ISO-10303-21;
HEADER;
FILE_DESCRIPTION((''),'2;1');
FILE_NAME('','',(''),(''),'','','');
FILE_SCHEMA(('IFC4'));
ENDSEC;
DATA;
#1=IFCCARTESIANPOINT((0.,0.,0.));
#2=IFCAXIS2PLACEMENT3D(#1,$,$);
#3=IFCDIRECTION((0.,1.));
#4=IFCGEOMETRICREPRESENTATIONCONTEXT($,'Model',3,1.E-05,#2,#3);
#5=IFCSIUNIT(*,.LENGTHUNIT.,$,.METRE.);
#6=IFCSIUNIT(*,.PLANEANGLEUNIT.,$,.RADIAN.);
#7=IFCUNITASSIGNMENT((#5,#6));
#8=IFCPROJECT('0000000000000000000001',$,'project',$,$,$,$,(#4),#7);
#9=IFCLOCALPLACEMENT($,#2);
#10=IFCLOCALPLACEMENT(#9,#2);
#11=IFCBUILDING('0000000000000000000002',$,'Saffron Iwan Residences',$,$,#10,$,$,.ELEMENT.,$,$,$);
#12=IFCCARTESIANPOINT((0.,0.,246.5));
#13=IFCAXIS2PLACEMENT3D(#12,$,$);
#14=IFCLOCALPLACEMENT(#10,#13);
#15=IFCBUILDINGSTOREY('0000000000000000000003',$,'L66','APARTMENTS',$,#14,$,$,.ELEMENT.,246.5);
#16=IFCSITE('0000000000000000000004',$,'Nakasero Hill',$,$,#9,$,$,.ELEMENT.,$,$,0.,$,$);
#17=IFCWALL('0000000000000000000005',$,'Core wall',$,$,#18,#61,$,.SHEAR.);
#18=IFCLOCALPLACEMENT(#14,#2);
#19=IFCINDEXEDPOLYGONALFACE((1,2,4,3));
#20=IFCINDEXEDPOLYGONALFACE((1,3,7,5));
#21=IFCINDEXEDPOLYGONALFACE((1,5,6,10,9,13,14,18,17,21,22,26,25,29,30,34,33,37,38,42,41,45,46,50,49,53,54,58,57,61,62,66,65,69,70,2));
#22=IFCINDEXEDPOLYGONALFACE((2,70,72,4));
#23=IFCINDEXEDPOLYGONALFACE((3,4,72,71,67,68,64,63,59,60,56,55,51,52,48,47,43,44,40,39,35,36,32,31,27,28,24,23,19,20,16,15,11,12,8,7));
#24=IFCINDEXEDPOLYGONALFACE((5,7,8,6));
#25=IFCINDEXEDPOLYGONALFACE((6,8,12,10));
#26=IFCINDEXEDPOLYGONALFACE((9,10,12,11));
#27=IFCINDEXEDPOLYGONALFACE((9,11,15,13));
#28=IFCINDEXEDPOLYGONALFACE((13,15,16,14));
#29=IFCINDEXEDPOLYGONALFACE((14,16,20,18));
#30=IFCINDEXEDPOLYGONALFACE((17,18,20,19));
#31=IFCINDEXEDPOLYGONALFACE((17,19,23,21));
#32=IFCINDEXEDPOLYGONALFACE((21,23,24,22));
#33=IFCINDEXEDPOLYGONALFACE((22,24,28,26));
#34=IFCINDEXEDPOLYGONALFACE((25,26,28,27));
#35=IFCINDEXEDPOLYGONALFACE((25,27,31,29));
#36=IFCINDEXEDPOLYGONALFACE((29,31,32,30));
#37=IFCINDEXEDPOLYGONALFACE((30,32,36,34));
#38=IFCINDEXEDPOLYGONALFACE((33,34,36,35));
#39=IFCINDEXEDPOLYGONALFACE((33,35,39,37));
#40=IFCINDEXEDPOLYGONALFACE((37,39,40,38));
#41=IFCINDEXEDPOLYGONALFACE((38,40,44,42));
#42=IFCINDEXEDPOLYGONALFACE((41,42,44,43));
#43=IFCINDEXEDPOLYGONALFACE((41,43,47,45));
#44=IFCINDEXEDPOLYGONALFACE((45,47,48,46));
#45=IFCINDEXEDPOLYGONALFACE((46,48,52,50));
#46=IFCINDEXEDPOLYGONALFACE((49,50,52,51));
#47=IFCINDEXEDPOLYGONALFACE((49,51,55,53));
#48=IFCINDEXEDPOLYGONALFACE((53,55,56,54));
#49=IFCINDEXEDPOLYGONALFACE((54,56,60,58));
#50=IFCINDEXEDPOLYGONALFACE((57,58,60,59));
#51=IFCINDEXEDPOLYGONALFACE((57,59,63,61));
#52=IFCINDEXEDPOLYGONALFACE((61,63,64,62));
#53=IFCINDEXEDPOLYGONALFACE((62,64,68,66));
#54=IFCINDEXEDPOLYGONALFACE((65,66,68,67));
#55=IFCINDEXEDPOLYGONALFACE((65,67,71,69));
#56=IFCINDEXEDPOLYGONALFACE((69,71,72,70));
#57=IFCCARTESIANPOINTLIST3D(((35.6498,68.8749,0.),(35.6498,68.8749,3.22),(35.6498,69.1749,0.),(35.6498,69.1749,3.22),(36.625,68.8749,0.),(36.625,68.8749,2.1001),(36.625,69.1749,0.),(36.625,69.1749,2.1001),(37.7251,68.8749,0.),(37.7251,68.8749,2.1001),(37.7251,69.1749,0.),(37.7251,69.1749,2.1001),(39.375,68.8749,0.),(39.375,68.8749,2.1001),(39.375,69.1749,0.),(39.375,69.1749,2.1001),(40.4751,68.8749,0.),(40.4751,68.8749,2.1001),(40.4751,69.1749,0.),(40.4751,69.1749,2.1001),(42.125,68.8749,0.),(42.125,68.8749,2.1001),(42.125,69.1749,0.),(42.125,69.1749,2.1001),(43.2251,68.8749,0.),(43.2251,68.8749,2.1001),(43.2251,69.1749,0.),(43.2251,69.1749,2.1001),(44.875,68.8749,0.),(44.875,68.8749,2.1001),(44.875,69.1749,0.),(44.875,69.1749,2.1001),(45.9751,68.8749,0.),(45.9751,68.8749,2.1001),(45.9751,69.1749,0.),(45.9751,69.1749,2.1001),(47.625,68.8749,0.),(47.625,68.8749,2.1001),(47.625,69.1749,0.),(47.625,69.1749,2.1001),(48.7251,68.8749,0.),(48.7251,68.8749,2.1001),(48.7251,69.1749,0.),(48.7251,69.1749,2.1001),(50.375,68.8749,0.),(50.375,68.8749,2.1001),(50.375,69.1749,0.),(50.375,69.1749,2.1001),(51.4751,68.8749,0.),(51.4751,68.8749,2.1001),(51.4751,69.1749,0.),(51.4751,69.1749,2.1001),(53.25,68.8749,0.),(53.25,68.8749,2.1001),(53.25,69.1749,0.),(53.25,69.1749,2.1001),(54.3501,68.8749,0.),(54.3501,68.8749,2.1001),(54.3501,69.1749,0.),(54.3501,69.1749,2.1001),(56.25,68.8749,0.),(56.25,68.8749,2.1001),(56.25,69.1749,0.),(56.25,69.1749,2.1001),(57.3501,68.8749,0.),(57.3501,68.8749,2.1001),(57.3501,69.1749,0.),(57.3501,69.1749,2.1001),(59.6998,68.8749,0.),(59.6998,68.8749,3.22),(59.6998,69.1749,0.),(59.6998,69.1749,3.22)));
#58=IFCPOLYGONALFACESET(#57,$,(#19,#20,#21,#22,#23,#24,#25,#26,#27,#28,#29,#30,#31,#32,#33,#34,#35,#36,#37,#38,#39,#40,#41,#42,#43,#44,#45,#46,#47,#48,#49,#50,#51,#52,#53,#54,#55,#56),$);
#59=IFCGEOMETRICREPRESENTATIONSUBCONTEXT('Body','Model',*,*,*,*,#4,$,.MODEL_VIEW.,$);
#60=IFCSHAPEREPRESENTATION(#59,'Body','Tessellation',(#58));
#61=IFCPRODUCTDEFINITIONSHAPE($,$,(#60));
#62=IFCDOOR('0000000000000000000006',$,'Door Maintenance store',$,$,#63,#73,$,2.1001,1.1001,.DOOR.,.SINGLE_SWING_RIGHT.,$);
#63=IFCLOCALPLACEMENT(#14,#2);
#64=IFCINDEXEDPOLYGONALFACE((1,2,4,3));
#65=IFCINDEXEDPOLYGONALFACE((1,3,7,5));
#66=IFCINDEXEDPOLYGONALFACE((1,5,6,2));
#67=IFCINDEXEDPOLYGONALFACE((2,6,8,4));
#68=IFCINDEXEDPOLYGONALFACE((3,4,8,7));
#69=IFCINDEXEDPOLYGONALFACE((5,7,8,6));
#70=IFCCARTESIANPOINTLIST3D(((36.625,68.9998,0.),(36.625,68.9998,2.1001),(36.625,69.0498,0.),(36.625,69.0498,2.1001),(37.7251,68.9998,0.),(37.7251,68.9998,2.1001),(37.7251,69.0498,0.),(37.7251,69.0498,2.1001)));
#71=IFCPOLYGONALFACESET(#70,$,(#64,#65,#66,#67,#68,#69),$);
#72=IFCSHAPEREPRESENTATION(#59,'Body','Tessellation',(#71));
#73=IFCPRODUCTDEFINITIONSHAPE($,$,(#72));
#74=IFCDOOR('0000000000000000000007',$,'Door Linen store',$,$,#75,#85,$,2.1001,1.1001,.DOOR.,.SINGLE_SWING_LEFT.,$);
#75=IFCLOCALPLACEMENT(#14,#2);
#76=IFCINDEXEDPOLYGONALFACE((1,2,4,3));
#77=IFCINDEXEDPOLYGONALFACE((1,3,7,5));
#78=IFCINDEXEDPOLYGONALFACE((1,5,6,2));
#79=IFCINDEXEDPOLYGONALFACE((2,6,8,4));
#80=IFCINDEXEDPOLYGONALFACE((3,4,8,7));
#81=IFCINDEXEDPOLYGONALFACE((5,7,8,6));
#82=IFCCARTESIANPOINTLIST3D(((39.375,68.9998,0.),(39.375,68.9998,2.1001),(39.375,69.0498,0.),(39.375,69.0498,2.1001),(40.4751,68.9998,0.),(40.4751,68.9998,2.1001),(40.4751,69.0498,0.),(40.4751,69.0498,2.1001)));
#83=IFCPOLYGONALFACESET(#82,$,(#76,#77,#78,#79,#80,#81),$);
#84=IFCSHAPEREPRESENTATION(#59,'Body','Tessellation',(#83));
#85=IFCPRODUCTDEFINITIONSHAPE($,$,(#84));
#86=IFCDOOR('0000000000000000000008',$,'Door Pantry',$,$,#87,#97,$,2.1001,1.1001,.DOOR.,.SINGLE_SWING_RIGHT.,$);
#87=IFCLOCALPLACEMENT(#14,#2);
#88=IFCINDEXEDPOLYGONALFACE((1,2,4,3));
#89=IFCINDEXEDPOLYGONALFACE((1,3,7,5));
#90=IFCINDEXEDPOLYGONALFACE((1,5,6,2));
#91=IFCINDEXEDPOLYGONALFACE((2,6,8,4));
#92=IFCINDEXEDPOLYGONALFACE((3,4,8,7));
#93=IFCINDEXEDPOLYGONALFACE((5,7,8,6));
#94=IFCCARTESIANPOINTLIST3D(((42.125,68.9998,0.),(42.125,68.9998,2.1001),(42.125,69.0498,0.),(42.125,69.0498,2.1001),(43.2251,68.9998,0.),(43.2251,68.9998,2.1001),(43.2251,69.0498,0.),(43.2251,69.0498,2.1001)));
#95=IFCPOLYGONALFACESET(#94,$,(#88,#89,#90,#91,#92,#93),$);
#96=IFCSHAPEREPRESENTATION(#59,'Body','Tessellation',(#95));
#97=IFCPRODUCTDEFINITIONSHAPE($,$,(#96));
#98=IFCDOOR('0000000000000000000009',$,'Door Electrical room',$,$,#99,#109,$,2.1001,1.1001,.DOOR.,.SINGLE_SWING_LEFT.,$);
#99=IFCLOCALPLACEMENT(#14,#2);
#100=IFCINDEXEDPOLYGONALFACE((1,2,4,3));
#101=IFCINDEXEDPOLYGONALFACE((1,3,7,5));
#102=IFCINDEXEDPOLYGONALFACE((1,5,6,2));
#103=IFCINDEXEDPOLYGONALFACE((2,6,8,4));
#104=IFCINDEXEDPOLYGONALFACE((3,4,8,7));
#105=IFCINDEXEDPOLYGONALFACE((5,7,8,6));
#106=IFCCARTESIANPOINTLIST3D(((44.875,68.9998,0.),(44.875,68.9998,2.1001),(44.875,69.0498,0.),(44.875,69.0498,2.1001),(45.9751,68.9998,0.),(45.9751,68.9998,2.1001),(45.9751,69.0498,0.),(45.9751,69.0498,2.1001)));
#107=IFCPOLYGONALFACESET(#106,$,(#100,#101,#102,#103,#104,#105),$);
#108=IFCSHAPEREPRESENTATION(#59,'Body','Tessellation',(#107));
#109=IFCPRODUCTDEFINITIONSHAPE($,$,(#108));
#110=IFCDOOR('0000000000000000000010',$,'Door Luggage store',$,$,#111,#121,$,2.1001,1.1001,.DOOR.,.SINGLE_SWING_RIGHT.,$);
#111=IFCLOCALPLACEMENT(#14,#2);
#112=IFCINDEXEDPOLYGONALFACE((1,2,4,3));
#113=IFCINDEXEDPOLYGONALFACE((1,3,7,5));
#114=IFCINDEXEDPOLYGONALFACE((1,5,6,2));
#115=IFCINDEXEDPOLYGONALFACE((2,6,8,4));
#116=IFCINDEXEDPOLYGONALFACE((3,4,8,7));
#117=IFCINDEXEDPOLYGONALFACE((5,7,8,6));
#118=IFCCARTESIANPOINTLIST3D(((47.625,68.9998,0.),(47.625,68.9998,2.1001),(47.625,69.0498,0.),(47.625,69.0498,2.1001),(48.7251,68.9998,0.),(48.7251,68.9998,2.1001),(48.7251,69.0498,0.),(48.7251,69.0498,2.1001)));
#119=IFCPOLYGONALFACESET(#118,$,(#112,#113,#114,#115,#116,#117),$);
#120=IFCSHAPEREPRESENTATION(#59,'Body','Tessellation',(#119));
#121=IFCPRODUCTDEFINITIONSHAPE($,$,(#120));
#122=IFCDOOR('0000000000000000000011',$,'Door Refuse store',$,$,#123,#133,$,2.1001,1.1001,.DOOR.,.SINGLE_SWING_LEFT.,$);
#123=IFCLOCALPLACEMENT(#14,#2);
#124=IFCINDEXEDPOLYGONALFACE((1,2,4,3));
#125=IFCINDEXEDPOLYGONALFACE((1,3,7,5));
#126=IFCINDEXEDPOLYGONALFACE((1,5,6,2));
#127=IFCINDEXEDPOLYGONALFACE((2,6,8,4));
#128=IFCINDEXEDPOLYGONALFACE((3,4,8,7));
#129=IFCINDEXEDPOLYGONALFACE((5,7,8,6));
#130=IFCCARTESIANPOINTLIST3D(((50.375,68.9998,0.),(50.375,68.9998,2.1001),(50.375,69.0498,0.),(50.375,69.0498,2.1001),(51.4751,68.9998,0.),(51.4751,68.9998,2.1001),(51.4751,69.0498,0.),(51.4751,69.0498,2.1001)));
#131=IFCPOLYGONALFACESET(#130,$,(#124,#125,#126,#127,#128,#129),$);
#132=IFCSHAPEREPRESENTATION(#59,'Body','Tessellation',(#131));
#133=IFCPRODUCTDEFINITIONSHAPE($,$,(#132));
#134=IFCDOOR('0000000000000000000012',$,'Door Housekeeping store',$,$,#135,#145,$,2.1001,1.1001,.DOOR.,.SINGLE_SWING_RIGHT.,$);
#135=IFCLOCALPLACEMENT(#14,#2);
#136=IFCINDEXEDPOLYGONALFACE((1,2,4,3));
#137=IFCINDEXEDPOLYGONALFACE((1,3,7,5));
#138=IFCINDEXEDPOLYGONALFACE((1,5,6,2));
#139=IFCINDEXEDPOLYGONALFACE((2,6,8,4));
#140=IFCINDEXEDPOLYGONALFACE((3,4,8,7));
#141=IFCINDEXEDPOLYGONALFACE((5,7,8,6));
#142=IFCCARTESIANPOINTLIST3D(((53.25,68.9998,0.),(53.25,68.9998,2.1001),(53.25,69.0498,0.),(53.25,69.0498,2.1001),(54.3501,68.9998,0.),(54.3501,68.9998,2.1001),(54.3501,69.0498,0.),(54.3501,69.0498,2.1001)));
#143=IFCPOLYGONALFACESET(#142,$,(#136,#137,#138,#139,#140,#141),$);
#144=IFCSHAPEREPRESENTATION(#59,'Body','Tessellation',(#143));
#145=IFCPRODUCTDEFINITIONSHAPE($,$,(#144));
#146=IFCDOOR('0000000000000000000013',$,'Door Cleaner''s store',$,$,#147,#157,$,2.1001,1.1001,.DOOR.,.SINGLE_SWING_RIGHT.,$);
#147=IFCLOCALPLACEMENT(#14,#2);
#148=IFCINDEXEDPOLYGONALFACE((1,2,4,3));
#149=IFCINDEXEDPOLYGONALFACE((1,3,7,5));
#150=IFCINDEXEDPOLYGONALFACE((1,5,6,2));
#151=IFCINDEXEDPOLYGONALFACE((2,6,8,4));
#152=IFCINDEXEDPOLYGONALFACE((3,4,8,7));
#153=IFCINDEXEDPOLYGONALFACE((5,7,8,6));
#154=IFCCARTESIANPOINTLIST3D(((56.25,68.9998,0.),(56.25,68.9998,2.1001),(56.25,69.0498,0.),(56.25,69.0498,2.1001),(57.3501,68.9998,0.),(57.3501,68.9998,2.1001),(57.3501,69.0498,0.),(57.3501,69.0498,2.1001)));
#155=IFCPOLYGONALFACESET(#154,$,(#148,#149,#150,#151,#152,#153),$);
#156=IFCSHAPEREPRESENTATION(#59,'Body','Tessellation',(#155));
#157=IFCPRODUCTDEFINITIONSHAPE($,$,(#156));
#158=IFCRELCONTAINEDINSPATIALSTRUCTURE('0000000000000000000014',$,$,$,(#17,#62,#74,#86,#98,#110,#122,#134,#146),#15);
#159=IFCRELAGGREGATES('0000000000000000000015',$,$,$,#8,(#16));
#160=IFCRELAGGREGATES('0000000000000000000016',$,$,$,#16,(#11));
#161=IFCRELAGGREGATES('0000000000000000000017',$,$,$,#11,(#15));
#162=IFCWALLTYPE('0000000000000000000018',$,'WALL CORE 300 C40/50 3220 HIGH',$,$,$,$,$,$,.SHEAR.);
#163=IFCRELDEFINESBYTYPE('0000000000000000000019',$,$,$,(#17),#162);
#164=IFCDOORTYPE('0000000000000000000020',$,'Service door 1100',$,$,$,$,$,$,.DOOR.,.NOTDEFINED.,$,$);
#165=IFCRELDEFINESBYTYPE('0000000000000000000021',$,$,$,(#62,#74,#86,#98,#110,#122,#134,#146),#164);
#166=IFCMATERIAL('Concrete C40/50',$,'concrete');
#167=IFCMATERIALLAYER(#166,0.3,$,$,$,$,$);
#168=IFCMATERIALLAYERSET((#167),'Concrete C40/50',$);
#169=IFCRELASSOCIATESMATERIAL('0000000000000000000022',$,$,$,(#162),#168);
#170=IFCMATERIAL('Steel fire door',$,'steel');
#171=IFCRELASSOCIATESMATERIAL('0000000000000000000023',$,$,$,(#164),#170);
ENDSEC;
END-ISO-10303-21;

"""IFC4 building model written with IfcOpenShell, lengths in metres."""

from ifc_helpers import new_model, si_unit, direction, frame, frame_2d, origin, place, context, subcontext, project, spatial, rectangle, extrude, material, layer, layer_set, type_object, element, fill, save


model = new_model("IFC4")

# Units and contexts
model_context = context("Model", 3, precision=1e-05, world=origin(), true_north=direction((0.0, 1.0)))
body_context = subcontext(model_context, "Body", "Model", "MODEL_VIEW")
ifc_project = project(units=[si_unit("LENGTHUNIT", "METRE"), si_unit("PLANEANGLEUNIT", "RADIAN")], contexts=[model_context])

# Site, building, storey
site_placement = place(None, origin())
site = spatial("IfcSite", under=ifc_project, at=site_placement, Name="Nakasero Hill", CompositionType="ELEMENT", RefElevation=0.0)
building_placement = place(site_placement, origin())
building = spatial("IfcBuilding", under=site, at=building_placement, Name="Saffron Iwan Residences", CompositionType="ELEMENT")
storey_placement = place(building_placement, frame((0.0, 0.0, 246.5)))
storey = spatial("IfcBuildingStorey", under=building, at=storey_placement, Name="L66", Description="APARTMENTS", CompositionType="ELEMENT", Elevation=246.5)

# Shared definitions
ifc_material_1 = material(Name="Concrete C40/50", Category="concrete")

# Wall, openings, doors
ifc_layer_1 = layer(ifc_material_1, 0.3)
ifc_layer_set_1 = layer_set([ifc_layer_1], Name="Concrete C40/50")
wall_type_1 = type_object("IfcWallType", Name="WALL CORE 300 C40/50 3220 HIGH", PredefinedType="SHEAR", material=ifc_layer_set_1)
wall_1_placement = place(storey_placement, frame((35.6499, 69.0249, 0.0), z_axis=(0.0, 0.0, 1.0), x_axis=(1.0, 0.0, 0.0)))
wall_1 = element("IfcWall", 1, at=wall_1_placement, inside=storey, type_object=wall_type_1, Name="Core wall", PredefinedType="SHEAR", context=body_context, shape_type="SweptSolid", body=[
    extrude(rectangle(XDim=24.05, YDim=0.3, at=frame_2d((12.0249, 0.0))), origin(), (0.0, 0.0, 1.0), 3.22),
])
opening_1_placement = place(wall_1_placement, frame((0.9751, 0.0, 0.0)))
opening_1 = element("IfcOpeningElement", 2, at=opening_1_placement, cuts=wall_1, PredefinedType="OPENING", context=body_context, shape_type="SweptSolid", body=[
    extrude(rectangle(XDim=1.1001, YDim=2.1001, at=frame_2d((0.55, 1.05))), frame((0.0, 0.1602, 0.0), z_axis=(0.0, -1.0, 0.0), x_axis=(1.0, 0.0, 0.0)), (0.0, 0.0, 1.0), 0.3201),
])
opening_2_placement = place(wall_1_placement, frame((3.7251, 0.0, 0.0)))
opening_2 = element("IfcOpeningElement", 3, at=opening_2_placement, cuts=wall_1, PredefinedType="OPENING", context=body_context, shape_type="SweptSolid", body=[
    extrude(rectangle(XDim=1.1001, YDim=2.1001, at=frame_2d((0.55, 1.05))), frame((0.0, 0.1602, 0.0), z_axis=(0.0, -1.0, 0.0), x_axis=(1.0, 0.0, 0.0)), (0.0, 0.0, 1.0), 0.3201),
])
opening_3_placement = place(wall_1_placement, frame((6.4751, 0.0, 0.0)))
opening_3 = element("IfcOpeningElement", 4, at=opening_3_placement, cuts=wall_1, PredefinedType="OPENING", context=body_context, shape_type="SweptSolid", body=[
    extrude(rectangle(XDim=1.1001, YDim=2.1001, at=frame_2d((0.55, 1.05))), frame((0.0, 0.1602, 0.0), z_axis=(0.0, -1.0, 0.0), x_axis=(1.0, 0.0, 0.0)), (0.0, 0.0, 1.0), 0.3201),
])
opening_4_placement = place(wall_1_placement, frame((9.2251, 0.0, 0.0)))
opening_4 = element("IfcOpeningElement", 5, at=opening_4_placement, cuts=wall_1, PredefinedType="OPENING", context=body_context, shape_type="SweptSolid", body=[
    extrude(rectangle(XDim=1.1001, YDim=2.1001, at=frame_2d((0.55, 1.05))), frame((0.0, 0.1602, 0.0), z_axis=(0.0, -1.0, 0.0), x_axis=(1.0, 0.0, 0.0)), (0.0, 0.0, 1.0), 0.3201),
])
opening_5_placement = place(wall_1_placement, frame((11.9751, 0.0, 0.0)))
opening_5 = element("IfcOpeningElement", 6, at=opening_5_placement, cuts=wall_1, PredefinedType="OPENING", context=body_context, shape_type="SweptSolid", body=[
    extrude(rectangle(XDim=1.1001, YDim=2.1001, at=frame_2d((0.55, 1.05))), frame((0.0, 0.1602, 0.0), z_axis=(0.0, -1.0, 0.0), x_axis=(1.0, 0.0, 0.0)), (0.0, 0.0, 1.0), 0.3201),
])
opening_6_placement = place(wall_1_placement, frame((14.7251, 0.0, 0.0)))
opening_6 = element("IfcOpeningElement", 7, at=opening_6_placement, cuts=wall_1, PredefinedType="OPENING", context=body_context, shape_type="SweptSolid", body=[
    extrude(rectangle(XDim=1.1001, YDim=2.1001, at=frame_2d((0.55, 1.05))), frame((0.0, 0.1602, 0.0), z_axis=(0.0, -1.0, 0.0), x_axis=(1.0, 0.0, 0.0)), (0.0, 0.0, 1.0), 0.3201),
])
opening_7_placement = place(wall_1_placement, frame((17.6001, 0.0, 0.0)))
opening_7 = element("IfcOpeningElement", 8, at=opening_7_placement, cuts=wall_1, PredefinedType="OPENING", context=body_context, shape_type="SweptSolid", body=[
    extrude(rectangle(XDim=1.1001, YDim=2.1001, at=frame_2d((0.55, 1.05))), frame((0.0, 0.1602, 0.0), z_axis=(0.0, -1.0, 0.0), x_axis=(1.0, 0.0, 0.0)), (0.0, 0.0, 1.0), 0.3201),
])
opening_8_placement = place(wall_1_placement, frame((20.6001, 0.0, 0.0)))
opening_8 = element("IfcOpeningElement", 9, at=opening_8_placement, cuts=wall_1, PredefinedType="OPENING", context=body_context, shape_type="SweptSolid", body=[
    extrude(rectangle(XDim=1.1001, YDim=2.1001, at=frame_2d((0.55, 1.05))), frame((0.0, 0.1602, 0.0), z_axis=(0.0, -1.0, 0.0), x_axis=(1.0, 0.0, 0.0)), (0.0, 0.0, 1.0), 0.3201),
])
ifc_material_2 = material(Name="Steel fire door", Category="steel")
door_type = type_object("IfcDoorType", Name="Service door 1100", OperationType="NOTDEFINED", PredefinedType="DOOR", material=ifc_material_2)
door_1_placement = place(opening_1_placement, origin())
door_1 = element("IfcDoor", 10, at=door_1_placement, inside=storey, type_object=door_type, Name="Door Maintenance store", OperationType="SINGLE_SWING_RIGHT", OverallHeight=2.1001, OverallWidth=1.1001, PredefinedType="DOOR", context=body_context, shape_type="SweptSolid", body=[
    extrude(rectangle(XDim=1.1001, YDim=2.1001, at=frame_2d((0.55, 1.05))), frame((0.0, 0.0249, 0.0), z_axis=(0.0, -1.0, 0.0), x_axis=(1.0, 0.0, 0.0)), (0.0, 0.0, 1.0), 0.05),
])
fill(opening_1, door_1)
door_2_placement = place(opening_2_placement, origin())
door_2 = element("IfcDoor", 11, at=door_2_placement, inside=storey, type_object=door_type, Name="Door Linen store", OperationType="SINGLE_SWING_LEFT", OverallHeight=2.1001, OverallWidth=1.1001, PredefinedType="DOOR", context=body_context, shape_type="SweptSolid", body=[
    extrude(rectangle(XDim=1.1001, YDim=2.1001, at=frame_2d((0.55, 1.05))), frame((0.0, 0.0249, 0.0), z_axis=(0.0, -1.0, 0.0), x_axis=(1.0, 0.0, 0.0)), (0.0, 0.0, 1.0), 0.05),
])
fill(opening_2, door_2)
door_3_placement = place(opening_3_placement, origin())
door_3 = element("IfcDoor", 12, at=door_3_placement, inside=storey, type_object=door_type, Name="Door Pantry", OperationType="SINGLE_SWING_RIGHT", OverallHeight=2.1001, OverallWidth=1.1001, PredefinedType="DOOR", context=body_context, shape_type="SweptSolid", body=[
    extrude(rectangle(XDim=1.1001, YDim=2.1001, at=frame_2d((0.55, 1.05))), frame((0.0, 0.0249, 0.0), z_axis=(0.0, -1.0, 0.0), x_axis=(1.0, 0.0, 0.0)), (0.0, 0.0, 1.0), 0.05),
])
fill(opening_3, door_3)
door_4_placement = place(opening_4_placement, origin())
door_4 = element("IfcDoor", 13, at=door_4_placement, inside=storey, type_object=door_type, Name="Door Electrical room", OperationType="SINGLE_SWING_LEFT", OverallHeight=2.1001, OverallWidth=1.1001, PredefinedType="DOOR", context=body_context, shape_type="SweptSolid", body=[
    extrude(rectangle(XDim=1.1001, YDim=2.1001, at=frame_2d((0.55, 1.05))), frame((0.0, 0.0249, 0.0), z_axis=(0.0, -1.0, 0.0), x_axis=(1.0, 0.0, 0.0)), (0.0, 0.0, 1.0), 0.05),
])
fill(opening_4, door_4)
door_5_placement = place(opening_5_placement, origin())
door_5 = element("IfcDoor", 14, at=door_5_placement, inside=storey, type_object=door_type, Name="Door Luggage store", OperationType="SINGLE_SWING_RIGHT", OverallHeight=2.1001, OverallWidth=1.1001, PredefinedType="DOOR", context=body_context, shape_type="SweptSolid", body=[
    extrude(rectangle(XDim=1.1001, YDim=2.1001, at=frame_2d((0.55, 1.05))), frame((0.0, 0.0249, 0.0), z_axis=(0.0, -1.0, 0.0), x_axis=(1.0, 0.0, 0.0)), (0.0, 0.0, 1.0), 0.05),
])
fill(opening_5, door_5)
door_6_placement = place(opening_6_placement, origin())
door_6 = element("IfcDoor", 15, at=door_6_placement, inside=storey, type_object=door_type, Name="Door Refuse store", OperationType="SINGLE_SWING_LEFT", OverallHeight=2.1001, OverallWidth=1.1001, PredefinedType="DOOR", context=body_context, shape_type="SweptSolid", body=[
    extrude(rectangle(XDim=1.1001, YDim=2.1001, at=frame_2d((0.55, 1.05))), frame((0.0, 0.0249, 0.0), z_axis=(0.0, -1.0, 0.0), x_axis=(1.0, 0.0, 0.0)), (0.0, 0.0, 1.0), 0.05),
])
fill(opening_6, door_6)
door_7_placement = place(opening_7_placement, origin())
door_7 = element("IfcDoor", 16, at=door_7_placement, inside=storey, type_object=door_type, Name="Door Housekeeping store", OperationType="SINGLE_SWING_RIGHT", OverallHeight=2.1001, OverallWidth=1.1001, PredefinedType="DOOR", context=body_context, shape_type="SweptSolid", body=[
    extrude(rectangle(XDim=1.1001, YDim=2.1001, at=frame_2d((0.55, 1.05))), frame((0.0, 0.0249, 0.0), z_axis=(0.0, -1.0, 0.0), x_axis=(1.0, 0.0, 0.0)), (0.0, 0.0, 1.0), 0.05),
])
fill(opening_7, door_7)
door_8_placement = place(opening_8_placement, origin())
door_8 = element("IfcDoor", 17, at=door_8_placement, inside=storey, type_object=door_type, Name="Door Cleaner's store", OperationType="SINGLE_SWING_RIGHT", OverallHeight=2.1001, OverallWidth=1.1001, PredefinedType="DOOR", context=body_context, shape_type="SweptSolid", body=[
    extrude(rectangle(XDim=1.1001, YDim=2.1001, at=frame_2d((0.55, 1.05))), frame((0.0, 0.0249, 0.0), z_axis=(0.0, -1.0, 0.0), x_axis=(1.0, 0.0, 0.0)), (0.0, 0.0, 1.0), 0.05),
])
fill(opening_8, door_8)

save(model, "model.ifc")
